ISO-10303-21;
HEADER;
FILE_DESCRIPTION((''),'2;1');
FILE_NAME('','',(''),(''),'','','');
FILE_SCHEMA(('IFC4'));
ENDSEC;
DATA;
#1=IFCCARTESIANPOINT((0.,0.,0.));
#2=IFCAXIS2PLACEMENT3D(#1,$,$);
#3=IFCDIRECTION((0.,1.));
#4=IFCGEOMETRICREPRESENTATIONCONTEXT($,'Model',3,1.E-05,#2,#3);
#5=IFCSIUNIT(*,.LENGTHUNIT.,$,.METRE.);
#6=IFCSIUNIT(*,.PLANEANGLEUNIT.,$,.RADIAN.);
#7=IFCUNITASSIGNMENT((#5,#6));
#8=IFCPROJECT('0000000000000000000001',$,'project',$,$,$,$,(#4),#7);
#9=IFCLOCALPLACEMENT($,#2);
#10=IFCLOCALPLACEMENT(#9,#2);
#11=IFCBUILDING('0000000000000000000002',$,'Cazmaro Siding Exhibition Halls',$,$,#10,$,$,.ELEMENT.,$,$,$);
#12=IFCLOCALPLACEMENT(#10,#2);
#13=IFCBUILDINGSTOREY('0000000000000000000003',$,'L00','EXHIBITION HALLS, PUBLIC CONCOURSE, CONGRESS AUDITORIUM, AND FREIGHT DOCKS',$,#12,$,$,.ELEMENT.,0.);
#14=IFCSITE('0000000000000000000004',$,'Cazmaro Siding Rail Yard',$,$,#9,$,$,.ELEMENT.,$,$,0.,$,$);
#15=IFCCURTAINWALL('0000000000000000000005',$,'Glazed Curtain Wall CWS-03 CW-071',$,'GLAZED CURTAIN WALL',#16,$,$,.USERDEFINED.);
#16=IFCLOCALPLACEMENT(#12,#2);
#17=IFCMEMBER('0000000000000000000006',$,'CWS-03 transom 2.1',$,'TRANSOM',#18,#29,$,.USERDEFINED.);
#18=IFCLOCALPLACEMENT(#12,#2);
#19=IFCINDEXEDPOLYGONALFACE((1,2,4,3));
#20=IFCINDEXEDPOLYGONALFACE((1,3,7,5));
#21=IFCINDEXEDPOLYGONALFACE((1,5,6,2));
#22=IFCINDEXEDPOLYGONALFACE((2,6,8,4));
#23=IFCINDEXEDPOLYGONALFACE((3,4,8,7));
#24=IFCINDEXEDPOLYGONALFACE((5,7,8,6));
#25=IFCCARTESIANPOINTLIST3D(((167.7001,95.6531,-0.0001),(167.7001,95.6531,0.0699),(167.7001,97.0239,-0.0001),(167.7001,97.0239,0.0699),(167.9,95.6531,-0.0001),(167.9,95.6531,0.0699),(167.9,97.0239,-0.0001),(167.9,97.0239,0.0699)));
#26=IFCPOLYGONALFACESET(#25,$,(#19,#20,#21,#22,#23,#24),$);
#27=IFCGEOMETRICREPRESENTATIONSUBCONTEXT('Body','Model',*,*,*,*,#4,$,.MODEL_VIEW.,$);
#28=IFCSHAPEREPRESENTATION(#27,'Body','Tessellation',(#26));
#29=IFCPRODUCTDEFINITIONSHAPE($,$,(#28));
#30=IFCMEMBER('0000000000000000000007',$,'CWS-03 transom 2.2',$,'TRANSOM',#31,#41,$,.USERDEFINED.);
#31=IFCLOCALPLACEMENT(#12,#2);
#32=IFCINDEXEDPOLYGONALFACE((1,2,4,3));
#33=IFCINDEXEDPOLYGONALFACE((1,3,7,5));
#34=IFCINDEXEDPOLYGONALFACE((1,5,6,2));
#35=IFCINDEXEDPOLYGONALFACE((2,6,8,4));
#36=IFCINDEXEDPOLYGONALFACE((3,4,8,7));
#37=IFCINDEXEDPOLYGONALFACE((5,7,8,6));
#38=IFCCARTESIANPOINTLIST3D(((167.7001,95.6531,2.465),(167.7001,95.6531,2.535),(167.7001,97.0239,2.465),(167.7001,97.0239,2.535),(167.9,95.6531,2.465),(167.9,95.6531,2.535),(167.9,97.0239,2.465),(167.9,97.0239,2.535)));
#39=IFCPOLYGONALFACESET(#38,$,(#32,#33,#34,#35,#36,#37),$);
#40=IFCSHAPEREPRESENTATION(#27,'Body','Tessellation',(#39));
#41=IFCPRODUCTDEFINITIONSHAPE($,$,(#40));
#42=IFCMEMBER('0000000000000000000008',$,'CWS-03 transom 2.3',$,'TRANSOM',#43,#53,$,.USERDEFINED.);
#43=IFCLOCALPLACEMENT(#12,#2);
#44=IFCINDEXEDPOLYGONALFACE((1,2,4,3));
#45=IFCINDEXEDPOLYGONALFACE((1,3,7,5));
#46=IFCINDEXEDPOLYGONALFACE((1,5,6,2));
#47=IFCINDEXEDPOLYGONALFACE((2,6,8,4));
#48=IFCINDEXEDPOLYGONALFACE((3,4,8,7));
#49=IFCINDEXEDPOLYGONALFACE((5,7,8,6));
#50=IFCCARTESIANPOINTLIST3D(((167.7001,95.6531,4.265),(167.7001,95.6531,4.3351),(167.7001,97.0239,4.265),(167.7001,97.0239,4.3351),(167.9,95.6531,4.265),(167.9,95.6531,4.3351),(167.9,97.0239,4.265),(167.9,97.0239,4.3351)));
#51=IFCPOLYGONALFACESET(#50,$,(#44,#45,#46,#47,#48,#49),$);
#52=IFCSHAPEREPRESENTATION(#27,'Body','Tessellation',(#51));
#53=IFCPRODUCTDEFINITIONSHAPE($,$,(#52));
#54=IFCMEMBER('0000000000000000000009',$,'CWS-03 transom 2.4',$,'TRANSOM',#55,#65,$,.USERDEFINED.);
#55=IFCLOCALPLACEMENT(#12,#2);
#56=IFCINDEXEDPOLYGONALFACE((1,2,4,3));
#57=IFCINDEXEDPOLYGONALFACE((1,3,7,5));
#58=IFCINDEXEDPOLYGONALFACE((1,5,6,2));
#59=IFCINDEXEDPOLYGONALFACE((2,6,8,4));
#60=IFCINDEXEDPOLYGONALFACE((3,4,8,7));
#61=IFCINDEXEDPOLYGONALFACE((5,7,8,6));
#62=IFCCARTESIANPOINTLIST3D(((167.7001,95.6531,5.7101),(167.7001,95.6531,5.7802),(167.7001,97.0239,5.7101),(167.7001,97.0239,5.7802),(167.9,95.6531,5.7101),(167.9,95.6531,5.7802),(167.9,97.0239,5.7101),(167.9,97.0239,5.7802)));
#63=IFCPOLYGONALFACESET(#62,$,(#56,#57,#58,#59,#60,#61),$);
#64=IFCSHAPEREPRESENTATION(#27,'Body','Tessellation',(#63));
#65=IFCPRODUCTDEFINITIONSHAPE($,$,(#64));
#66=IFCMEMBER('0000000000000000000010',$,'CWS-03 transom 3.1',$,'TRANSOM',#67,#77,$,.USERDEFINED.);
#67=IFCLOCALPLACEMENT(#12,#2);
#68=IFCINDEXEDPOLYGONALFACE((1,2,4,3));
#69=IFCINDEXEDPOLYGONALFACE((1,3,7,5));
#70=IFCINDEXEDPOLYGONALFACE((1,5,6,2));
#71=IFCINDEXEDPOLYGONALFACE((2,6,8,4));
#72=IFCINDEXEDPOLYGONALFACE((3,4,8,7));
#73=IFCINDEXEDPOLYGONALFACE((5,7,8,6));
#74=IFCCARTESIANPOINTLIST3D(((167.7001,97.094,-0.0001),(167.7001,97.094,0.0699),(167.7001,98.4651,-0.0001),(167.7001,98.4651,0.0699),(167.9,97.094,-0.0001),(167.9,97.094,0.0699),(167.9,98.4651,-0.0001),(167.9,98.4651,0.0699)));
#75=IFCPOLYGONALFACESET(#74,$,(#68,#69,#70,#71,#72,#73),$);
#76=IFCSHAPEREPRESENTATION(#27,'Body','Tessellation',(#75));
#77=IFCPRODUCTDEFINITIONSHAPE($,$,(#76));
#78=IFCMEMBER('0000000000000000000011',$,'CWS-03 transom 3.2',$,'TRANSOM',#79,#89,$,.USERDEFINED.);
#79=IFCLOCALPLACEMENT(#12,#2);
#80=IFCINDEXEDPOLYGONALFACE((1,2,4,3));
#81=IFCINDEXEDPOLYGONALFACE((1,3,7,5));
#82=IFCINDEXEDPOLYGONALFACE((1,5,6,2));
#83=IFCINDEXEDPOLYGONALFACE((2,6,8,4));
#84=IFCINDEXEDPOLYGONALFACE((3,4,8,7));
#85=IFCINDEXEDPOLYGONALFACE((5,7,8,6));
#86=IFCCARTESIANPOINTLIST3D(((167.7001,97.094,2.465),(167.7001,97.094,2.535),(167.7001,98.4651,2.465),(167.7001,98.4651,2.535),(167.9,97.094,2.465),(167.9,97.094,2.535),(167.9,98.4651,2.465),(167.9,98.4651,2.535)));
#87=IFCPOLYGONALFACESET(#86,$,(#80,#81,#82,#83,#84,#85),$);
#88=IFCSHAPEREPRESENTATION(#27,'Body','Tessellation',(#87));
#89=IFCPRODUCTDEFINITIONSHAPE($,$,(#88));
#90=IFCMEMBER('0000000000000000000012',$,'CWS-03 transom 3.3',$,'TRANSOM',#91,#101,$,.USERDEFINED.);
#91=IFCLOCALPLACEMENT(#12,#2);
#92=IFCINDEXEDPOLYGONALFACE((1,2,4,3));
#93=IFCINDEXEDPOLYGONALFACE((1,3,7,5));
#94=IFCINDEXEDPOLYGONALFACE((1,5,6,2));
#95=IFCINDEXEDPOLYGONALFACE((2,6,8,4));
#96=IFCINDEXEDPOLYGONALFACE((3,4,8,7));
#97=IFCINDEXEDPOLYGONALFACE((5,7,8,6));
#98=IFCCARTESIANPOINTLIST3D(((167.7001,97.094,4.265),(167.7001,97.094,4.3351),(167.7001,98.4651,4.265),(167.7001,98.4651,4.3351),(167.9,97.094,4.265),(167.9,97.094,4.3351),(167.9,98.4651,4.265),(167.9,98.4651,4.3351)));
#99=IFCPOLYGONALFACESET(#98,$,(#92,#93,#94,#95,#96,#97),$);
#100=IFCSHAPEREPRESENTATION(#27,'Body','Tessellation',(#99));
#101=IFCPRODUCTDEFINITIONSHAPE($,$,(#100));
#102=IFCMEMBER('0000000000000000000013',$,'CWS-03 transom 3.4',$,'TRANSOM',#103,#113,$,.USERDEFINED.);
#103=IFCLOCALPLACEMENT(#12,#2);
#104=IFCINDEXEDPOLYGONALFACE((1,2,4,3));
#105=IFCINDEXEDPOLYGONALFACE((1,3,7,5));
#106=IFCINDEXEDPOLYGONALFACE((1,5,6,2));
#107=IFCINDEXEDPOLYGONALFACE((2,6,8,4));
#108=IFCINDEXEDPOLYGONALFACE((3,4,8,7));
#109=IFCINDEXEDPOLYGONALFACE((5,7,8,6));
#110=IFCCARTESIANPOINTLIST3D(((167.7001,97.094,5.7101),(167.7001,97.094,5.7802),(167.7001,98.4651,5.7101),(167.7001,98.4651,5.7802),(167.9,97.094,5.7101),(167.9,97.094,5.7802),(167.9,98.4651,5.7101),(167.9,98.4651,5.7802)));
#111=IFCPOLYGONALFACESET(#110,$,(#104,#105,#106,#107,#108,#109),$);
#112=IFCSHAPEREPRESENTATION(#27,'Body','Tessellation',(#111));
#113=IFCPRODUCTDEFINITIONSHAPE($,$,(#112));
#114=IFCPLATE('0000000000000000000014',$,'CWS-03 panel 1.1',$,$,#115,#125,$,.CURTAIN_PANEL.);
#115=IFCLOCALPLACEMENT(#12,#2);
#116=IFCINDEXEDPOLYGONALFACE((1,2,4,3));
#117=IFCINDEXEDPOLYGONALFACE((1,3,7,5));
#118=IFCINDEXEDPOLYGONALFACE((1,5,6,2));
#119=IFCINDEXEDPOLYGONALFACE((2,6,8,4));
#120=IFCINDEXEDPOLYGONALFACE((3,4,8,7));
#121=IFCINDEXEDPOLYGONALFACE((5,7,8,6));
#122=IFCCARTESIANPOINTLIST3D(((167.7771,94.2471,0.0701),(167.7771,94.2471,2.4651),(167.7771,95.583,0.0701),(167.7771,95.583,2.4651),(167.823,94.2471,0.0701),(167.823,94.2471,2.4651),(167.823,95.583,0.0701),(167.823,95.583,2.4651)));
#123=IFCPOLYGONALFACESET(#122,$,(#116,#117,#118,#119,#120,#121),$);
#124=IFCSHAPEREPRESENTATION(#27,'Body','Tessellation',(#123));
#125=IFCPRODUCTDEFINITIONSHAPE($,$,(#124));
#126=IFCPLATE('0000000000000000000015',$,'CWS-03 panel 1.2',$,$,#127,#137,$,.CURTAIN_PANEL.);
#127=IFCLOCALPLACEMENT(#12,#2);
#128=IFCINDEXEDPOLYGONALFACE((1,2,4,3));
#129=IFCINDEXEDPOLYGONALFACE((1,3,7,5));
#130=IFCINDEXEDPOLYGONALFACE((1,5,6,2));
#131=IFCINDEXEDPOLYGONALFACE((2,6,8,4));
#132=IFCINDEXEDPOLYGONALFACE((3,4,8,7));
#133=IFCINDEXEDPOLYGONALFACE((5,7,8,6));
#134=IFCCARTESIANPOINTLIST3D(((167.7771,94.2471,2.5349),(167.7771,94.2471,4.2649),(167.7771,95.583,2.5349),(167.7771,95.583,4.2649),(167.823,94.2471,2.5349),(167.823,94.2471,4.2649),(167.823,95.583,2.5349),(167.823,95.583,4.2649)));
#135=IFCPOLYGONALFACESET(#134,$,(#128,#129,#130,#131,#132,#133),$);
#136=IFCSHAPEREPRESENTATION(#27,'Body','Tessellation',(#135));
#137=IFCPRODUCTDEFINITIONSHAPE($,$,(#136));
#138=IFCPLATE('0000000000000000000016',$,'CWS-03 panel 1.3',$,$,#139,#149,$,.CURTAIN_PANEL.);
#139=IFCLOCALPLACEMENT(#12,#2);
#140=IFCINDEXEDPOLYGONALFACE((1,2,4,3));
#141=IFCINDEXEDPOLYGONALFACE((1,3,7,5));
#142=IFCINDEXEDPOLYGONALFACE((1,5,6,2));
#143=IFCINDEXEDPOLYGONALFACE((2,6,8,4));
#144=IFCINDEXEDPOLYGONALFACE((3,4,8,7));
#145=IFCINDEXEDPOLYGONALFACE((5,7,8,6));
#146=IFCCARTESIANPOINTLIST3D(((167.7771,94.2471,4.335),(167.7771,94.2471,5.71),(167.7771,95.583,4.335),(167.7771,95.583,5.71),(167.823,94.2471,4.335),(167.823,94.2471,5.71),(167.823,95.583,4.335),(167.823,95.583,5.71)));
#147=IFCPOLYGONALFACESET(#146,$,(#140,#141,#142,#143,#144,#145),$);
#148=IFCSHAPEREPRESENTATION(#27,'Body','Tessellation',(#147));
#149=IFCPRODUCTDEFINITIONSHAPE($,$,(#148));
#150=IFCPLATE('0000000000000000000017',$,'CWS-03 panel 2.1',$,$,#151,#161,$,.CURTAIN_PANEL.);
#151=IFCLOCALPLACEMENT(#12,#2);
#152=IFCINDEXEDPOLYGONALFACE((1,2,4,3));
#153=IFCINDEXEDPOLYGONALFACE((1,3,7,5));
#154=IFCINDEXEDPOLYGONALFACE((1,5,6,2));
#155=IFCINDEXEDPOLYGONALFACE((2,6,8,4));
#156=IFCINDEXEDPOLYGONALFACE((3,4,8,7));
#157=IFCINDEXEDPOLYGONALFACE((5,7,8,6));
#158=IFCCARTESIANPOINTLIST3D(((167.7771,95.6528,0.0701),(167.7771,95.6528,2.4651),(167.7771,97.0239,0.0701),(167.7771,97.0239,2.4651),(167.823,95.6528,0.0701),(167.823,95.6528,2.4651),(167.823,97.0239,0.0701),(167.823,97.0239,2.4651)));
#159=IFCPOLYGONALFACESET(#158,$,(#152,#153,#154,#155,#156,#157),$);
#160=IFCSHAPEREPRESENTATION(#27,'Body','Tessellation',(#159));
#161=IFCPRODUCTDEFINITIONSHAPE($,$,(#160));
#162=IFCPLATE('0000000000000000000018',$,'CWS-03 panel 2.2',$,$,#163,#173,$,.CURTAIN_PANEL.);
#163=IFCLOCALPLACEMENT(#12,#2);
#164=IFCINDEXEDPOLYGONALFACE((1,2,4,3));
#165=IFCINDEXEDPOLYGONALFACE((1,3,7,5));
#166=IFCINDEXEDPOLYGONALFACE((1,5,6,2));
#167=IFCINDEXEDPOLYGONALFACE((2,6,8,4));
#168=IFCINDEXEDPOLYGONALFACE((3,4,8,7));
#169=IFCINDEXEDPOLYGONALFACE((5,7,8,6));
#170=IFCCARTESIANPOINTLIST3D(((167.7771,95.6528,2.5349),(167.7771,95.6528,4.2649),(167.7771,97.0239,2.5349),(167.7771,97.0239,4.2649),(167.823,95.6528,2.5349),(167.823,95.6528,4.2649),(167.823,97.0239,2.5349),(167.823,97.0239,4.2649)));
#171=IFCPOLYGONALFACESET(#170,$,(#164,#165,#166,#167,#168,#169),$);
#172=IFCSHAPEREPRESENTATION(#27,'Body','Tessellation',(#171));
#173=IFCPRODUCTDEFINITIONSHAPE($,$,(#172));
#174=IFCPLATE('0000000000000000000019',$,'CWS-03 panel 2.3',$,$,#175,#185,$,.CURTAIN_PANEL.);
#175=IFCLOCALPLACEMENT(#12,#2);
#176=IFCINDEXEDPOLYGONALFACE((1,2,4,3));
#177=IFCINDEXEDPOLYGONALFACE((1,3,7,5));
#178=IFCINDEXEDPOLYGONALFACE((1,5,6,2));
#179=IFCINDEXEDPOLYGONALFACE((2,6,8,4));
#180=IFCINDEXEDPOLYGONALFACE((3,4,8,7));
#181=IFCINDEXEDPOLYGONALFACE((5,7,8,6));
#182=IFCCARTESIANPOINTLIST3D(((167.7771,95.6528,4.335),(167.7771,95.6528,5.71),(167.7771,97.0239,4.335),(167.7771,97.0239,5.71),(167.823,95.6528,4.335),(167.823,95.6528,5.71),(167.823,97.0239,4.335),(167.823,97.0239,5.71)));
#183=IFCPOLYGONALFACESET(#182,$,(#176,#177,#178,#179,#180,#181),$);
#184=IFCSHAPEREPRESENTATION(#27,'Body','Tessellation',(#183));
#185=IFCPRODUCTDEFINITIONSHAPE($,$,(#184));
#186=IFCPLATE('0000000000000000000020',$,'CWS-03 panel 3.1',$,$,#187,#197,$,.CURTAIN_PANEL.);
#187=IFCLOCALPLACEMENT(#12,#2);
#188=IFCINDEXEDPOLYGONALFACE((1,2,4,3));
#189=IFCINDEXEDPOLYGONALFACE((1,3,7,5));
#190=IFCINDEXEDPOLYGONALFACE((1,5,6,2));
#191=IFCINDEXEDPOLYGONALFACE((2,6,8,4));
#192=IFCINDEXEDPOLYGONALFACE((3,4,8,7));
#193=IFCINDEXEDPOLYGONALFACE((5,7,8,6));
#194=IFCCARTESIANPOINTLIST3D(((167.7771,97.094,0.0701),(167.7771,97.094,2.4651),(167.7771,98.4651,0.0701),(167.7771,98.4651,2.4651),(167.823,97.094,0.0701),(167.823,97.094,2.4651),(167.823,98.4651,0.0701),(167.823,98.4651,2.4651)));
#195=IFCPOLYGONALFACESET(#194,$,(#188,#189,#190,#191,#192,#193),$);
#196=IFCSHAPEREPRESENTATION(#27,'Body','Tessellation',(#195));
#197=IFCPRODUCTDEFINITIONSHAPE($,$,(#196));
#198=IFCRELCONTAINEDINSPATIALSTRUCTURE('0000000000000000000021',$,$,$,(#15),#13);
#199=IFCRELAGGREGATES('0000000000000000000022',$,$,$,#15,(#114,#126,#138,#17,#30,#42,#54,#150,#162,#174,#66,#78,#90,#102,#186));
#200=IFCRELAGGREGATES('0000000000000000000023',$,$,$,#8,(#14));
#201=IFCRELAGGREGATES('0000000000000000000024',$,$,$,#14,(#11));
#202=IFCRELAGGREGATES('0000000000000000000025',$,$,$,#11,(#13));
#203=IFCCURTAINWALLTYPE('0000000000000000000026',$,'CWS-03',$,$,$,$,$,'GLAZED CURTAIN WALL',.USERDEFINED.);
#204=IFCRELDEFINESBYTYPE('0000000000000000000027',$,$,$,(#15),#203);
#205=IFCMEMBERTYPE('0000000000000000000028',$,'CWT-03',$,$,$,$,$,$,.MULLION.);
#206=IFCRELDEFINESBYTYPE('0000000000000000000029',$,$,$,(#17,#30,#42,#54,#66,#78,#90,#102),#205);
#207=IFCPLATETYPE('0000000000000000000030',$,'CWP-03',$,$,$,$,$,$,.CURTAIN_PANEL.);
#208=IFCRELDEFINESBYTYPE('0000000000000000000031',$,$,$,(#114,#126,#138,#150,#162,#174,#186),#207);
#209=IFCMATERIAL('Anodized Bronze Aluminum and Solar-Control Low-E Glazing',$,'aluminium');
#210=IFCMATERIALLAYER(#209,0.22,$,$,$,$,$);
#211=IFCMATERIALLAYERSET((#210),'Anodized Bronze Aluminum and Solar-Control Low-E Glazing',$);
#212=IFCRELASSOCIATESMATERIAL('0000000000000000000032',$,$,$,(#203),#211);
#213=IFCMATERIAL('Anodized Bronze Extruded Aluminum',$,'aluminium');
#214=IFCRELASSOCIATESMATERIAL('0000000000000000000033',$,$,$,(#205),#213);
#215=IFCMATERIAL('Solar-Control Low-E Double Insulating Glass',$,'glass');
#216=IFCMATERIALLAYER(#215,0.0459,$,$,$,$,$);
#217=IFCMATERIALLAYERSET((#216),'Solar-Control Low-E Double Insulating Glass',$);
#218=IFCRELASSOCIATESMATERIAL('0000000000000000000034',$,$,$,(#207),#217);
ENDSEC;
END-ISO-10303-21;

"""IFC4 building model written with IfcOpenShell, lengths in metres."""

from ifc_helpers import new_model, si_unit, direction, frame, origin, origin_2d, place, context, subcontext, project, spatial, rectangle, extrude, material, layer, layer_set, material_profile, profile_set, type_object, element, aggregate, save


model = new_model("IFC4")

# Units and contexts
model_context = context("Model", 3, precision=1e-05, world=origin(), true_north=direction((0.0, 1.0)))
body_context = subcontext(model_context, "Body", "Model", "MODEL_VIEW")
ifc_project = project(units=[si_unit("LENGTHUNIT", "METRE"), si_unit("PLANEANGLEUNIT", "RADIAN")], contexts=[model_context])

# Site, building, storey
site_placement = place(None, origin())
site = spatial("IfcSite", under=ifc_project, at=site_placement, Name="Cazmaro Siding Rail Yard", CompositionType="ELEMENT", RefElevation=0.0)
building_placement = place(site_placement, origin())
building = spatial("IfcBuilding", under=site, at=building_placement, Name="Cazmaro Siding Exhibition Halls", CompositionType="ELEMENT")
storey_placement = place(building_placement, origin())
storey = spatial("IfcBuildingStorey", under=building, at=storey_placement, Name="L00", Description="EXHIBITION HALLS, PUBLIC CONCOURSE, CONGRESS AUDITORIUM, AND FREIGHT DOCKS", CompositionType="ELEMENT", Elevation=0.0)

# Curtain wall, members, plates
ifc_material_1 = material(Name="Anodized Bronze Aluminum and Solar-Control Low-E Glazing", Category="aluminium")
ifc_layer_1 = layer(ifc_material_1, 0.22)
ifc_layer_set_1 = layer_set([ifc_layer_1], Name="Anodized Bronze Aluminum and Solar-Control Low-E Glazing")
curtain_wall_type = type_object("IfcCurtainWallType", Name="CWS-03", ElementType="GLAZED CURTAIN WALL", PredefinedType="USERDEFINED", material=ifc_layer_set_1)
curtain_wall_placement = place(storey_placement, origin())
curtain_wall = element("IfcCurtainWall", 1, at=curtain_wall_placement, inside=storey, type_object=curtain_wall_type, Name="Glazed Curtain Wall CWS-03 CW-071", ObjectType="GLAZED CURTAIN WALL", PredefinedType="USERDEFINED")
ifc_material_2 = material(Name="Anodized Bronze Extruded Aluminum", Category="aluminium")
ifc_material_profile_1 = material_profile(ifc_material_2, rectangle(XDim=0.2, YDim=0.0701, at=origin_2d()), Name="CWT-03")
ifc_profile_set_1 = profile_set([ifc_material_profile_1], Name="Anodized Bronze Extruded Aluminum")
member_type_1 = type_object("IfcMemberType", Name="CWT-03", PredefinedType="MULLION", material=ifc_profile_set_1)
member_1_placement = place(storey_placement, frame((167.8, 95.6531, 0.0349), z_axis=(0.0, 1.0, 0.0), x_axis=(-1.0, 0.0, 0.0)))
member_1 = element("IfcMember", 2, at=member_1_placement, type_object=member_type_1, Name="CWS-03 transom 2.1", ObjectType="TRANSOM", PredefinedType="USERDEFINED", context=body_context, shape_type="SweptSolid", body=[
    extrude(rectangle(XDim=0.2, YDim=0.0701, at=origin_2d()), origin(), (0.0, 0.0, 1.0), 1.3708),
])
member_2_placement = place(storey_placement, frame((167.8, 95.6531, 2.5), z_axis=(0.0, 1.0, 0.0), x_axis=(-1.0, 0.0, 0.0)))
member_2 = element("IfcMember", 3, at=member_2_placement, type_object=member_type_1, Name="CWS-03 transom 2.2", ObjectType="TRANSOM", PredefinedType="USERDEFINED", context=body_context, shape_type="SweptSolid", body=[
    extrude(rectangle(XDim=0.2, YDim=0.0701, at=origin_2d()), origin(), (0.0, 0.0, 1.0), 1.3708),
])
member_3_placement = place(storey_placement, frame((167.8, 95.6531, 4.3), z_axis=(0.0, 1.0, 0.0), x_axis=(-1.0, 0.0, 0.0)))
member_3 = element("IfcMember", 4, at=member_3_placement, type_object=member_type_1, Name="CWS-03 transom 2.3", ObjectType="TRANSOM", PredefinedType="USERDEFINED", context=body_context, shape_type="SweptSolid", body=[
    extrude(rectangle(XDim=0.2, YDim=0.0701, at=origin_2d()), origin(), (0.0, 0.0, 1.0), 1.3708),
])
member_4_placement = place(storey_placement, frame((167.8, 95.6531, 5.7451), z_axis=(0.0, 1.0, 0.0), x_axis=(-1.0, 0.0, 0.0)))
member_4 = element("IfcMember", 5, at=member_4_placement, type_object=member_type_1, Name="CWS-03 transom 2.4", ObjectType="TRANSOM", PredefinedType="USERDEFINED", context=body_context, shape_type="SweptSolid", body=[
    extrude(rectangle(XDim=0.2, YDim=0.0701, at=origin_2d()), origin(), (0.0, 0.0, 1.0), 1.3708),
])
member_5_placement = place(storey_placement, frame((167.8, 97.094, 0.0349), z_axis=(0.0, 1.0, 0.0), x_axis=(-1.0, 0.0, 0.0)))
member_5 = element("IfcMember", 6, at=member_5_placement, type_object=member_type_1, Name="CWS-03 transom 3.1", ObjectType="TRANSOM", PredefinedType="USERDEFINED", context=body_context, shape_type="SweptSolid", body=[
    extrude(rectangle(XDim=0.2, YDim=0.0701, at=origin_2d()), origin(), (0.0, 0.0, 1.0), 1.3711),
])
member_6_placement = place(storey_placement, frame((167.8, 97.094, 2.5), z_axis=(0.0, 1.0, 0.0), x_axis=(-1.0, 0.0, 0.0)))
member_6 = element("IfcMember", 7, at=member_6_placement, type_object=member_type_1, Name="CWS-03 transom 3.2", ObjectType="TRANSOM", PredefinedType="USERDEFINED", context=body_context, shape_type="SweptSolid", body=[
    extrude(rectangle(XDim=0.2, YDim=0.0701, at=origin_2d()), origin(), (0.0, 0.0, 1.0), 1.3711),
])
member_7_placement = place(storey_placement, frame((167.8, 97.094, 4.3), z_axis=(0.0, 1.0, 0.0), x_axis=(-1.0, 0.0, 0.0)))
member_7 = element("IfcMember", 8, at=member_7_placement, type_object=member_type_1, Name="CWS-03 transom 3.3", ObjectType="TRANSOM", PredefinedType="USERDEFINED", context=body_context, shape_type="SweptSolid", body=[
    extrude(rectangle(XDim=0.2, YDim=0.0701, at=origin_2d()), origin(), (0.0, 0.0, 1.0), 1.3711),
])
member_8_placement = place(storey_placement, frame((167.8, 97.094, 5.7451), z_axis=(0.0, 1.0, 0.0), x_axis=(-1.0, 0.0, 0.0)))
member_8 = element("IfcMember", 9, at=member_8_placement, type_object=member_type_1, Name="CWS-03 transom 3.4", ObjectType="TRANSOM", PredefinedType="USERDEFINED", context=body_context, shape_type="SweptSolid", body=[
    extrude(rectangle(XDim=0.2, YDim=0.0701, at=origin_2d()), origin(), (0.0, 0.0, 1.0), 1.3711),
])
ifc_material_3 = material(Name="Solar-Control Low-E Double Insulating Glass", Category="glass")
ifc_layer_2 = layer(ifc_material_3, 0.0459)
ifc_layer_set_2 = layer_set([ifc_layer_2], Name="Solar-Control Low-E Double Insulating Glass")
plate_type = type_object("IfcPlateType", Name="CWP-03", PredefinedType="CURTAIN_PANEL", material=ifc_layer_set_2)
plate_1_placement = place(storey_placement, frame((167.8, 94.915, 0.0701), z_axis=(0.0, 0.0, 1.0), x_axis=(0.0, 1.0, 0.0)))
plate_1 = element("IfcPlate", 10, at=plate_1_placement, type_object=plate_type, Name="CWS-03 panel 1.1", PredefinedType="CURTAIN_PANEL", context=body_context, shape_type="SweptSolid", body=[
    extrude(rectangle(XDim=1.3359, YDim=0.0459, at=origin_2d()), origin(), (0.0, 0.0, 1.0), 2.395),
])
plate_2_placement = place(storey_placement, frame((167.8, 94.915, 2.5349), z_axis=(0.0, 0.0, 1.0), x_axis=(0.0, 1.0, 0.0)))
plate_2 = element("IfcPlate", 11, at=plate_2_placement, type_object=plate_type, Name="CWS-03 panel 1.2", PredefinedType="CURTAIN_PANEL", context=body_context, shape_type="SweptSolid", body=[
    extrude(rectangle(XDim=1.3359, YDim=0.0459, at=origin_2d()), origin(), (0.0, 0.0, 1.0), 1.73),
])
plate_3_placement = place(storey_placement, frame((167.8, 94.915, 4.335), z_axis=(0.0, 0.0, 1.0), x_axis=(0.0, 1.0, 0.0)))
plate_3 = element("IfcPlate", 12, at=plate_3_placement, type_object=plate_type, Name="CWS-03 panel 1.3", PredefinedType="CURTAIN_PANEL", context=body_context, shape_type="SweptSolid", body=[
    extrude(rectangle(XDim=1.3359, YDim=0.0459, at=origin_2d()), origin(), (0.0, 0.0, 1.0), 1.375),
])
plate_4_placement = place(storey_placement, frame((167.8, 96.3384, 0.0701), z_axis=(0.0, 0.0, 1.0), x_axis=(0.0, 1.0, 0.0)))
plate_4 = element("IfcPlate", 13, at=plate_4_placement, type_object=plate_type, Name="CWS-03 panel 2.1", PredefinedType="CURTAIN_PANEL", context=body_context, shape_type="SweptSolid", body=[
    extrude(rectangle(XDim=1.3711, YDim=0.0459, at=origin_2d()), origin(), (0.0, 0.0, 1.0), 2.395),
])
plate_5_placement = place(storey_placement, frame((167.8, 96.3384, 2.5349), z_axis=(0.0, 0.0, 1.0), x_axis=(0.0, 1.0, 0.0)))
plate_5 = element("IfcPlate", 14, at=plate_5_placement, type_object=plate_type, Name="CWS-03 panel 2.2", PredefinedType="CURTAIN_PANEL", context=body_context, shape_type="SweptSolid", body=[
    extrude(rectangle(XDim=1.3711, YDim=0.0459, at=origin_2d()), origin(), (0.0, 0.0, 1.0), 1.73),
])
plate_6_placement = place(storey_placement, frame((167.8, 96.3384, 4.335), z_axis=(0.0, 0.0, 1.0), x_axis=(0.0, 1.0, 0.0)))
plate_6 = element("IfcPlate", 15, at=plate_6_placement, type_object=plate_type, Name="CWS-03 panel 2.3", PredefinedType="CURTAIN_PANEL", context=body_context, shape_type="SweptSolid", body=[
    extrude(rectangle(XDim=1.3711, YDim=0.0459, at=origin_2d()), origin(), (0.0, 0.0, 1.0), 1.375),
])
plate_7_placement = place(storey_placement, frame((167.8, 97.7795, 0.0701), z_axis=(0.0, 0.0, 1.0), x_axis=(0.0, 1.0, 0.0)))
plate_7 = element("IfcPlate", 16, at=plate_7_placement, type_object=plate_type, Name="CWS-03 panel 3.1", PredefinedType="CURTAIN_PANEL", context=body_context, shape_type="SweptSolid", body=[
    extrude(rectangle(XDim=1.3711, YDim=0.0459, at=origin_2d()), origin(), (0.0, 0.0, 1.0), 2.395),
])
aggregate(curtain_wall, [plate_1, plate_2, plate_3, member_1, member_2, member_3, member_4, plate_4, plate_5, plate_6, member_5, member_6, member_7, member_8, plate_7])

save(model, "model.ifc")
